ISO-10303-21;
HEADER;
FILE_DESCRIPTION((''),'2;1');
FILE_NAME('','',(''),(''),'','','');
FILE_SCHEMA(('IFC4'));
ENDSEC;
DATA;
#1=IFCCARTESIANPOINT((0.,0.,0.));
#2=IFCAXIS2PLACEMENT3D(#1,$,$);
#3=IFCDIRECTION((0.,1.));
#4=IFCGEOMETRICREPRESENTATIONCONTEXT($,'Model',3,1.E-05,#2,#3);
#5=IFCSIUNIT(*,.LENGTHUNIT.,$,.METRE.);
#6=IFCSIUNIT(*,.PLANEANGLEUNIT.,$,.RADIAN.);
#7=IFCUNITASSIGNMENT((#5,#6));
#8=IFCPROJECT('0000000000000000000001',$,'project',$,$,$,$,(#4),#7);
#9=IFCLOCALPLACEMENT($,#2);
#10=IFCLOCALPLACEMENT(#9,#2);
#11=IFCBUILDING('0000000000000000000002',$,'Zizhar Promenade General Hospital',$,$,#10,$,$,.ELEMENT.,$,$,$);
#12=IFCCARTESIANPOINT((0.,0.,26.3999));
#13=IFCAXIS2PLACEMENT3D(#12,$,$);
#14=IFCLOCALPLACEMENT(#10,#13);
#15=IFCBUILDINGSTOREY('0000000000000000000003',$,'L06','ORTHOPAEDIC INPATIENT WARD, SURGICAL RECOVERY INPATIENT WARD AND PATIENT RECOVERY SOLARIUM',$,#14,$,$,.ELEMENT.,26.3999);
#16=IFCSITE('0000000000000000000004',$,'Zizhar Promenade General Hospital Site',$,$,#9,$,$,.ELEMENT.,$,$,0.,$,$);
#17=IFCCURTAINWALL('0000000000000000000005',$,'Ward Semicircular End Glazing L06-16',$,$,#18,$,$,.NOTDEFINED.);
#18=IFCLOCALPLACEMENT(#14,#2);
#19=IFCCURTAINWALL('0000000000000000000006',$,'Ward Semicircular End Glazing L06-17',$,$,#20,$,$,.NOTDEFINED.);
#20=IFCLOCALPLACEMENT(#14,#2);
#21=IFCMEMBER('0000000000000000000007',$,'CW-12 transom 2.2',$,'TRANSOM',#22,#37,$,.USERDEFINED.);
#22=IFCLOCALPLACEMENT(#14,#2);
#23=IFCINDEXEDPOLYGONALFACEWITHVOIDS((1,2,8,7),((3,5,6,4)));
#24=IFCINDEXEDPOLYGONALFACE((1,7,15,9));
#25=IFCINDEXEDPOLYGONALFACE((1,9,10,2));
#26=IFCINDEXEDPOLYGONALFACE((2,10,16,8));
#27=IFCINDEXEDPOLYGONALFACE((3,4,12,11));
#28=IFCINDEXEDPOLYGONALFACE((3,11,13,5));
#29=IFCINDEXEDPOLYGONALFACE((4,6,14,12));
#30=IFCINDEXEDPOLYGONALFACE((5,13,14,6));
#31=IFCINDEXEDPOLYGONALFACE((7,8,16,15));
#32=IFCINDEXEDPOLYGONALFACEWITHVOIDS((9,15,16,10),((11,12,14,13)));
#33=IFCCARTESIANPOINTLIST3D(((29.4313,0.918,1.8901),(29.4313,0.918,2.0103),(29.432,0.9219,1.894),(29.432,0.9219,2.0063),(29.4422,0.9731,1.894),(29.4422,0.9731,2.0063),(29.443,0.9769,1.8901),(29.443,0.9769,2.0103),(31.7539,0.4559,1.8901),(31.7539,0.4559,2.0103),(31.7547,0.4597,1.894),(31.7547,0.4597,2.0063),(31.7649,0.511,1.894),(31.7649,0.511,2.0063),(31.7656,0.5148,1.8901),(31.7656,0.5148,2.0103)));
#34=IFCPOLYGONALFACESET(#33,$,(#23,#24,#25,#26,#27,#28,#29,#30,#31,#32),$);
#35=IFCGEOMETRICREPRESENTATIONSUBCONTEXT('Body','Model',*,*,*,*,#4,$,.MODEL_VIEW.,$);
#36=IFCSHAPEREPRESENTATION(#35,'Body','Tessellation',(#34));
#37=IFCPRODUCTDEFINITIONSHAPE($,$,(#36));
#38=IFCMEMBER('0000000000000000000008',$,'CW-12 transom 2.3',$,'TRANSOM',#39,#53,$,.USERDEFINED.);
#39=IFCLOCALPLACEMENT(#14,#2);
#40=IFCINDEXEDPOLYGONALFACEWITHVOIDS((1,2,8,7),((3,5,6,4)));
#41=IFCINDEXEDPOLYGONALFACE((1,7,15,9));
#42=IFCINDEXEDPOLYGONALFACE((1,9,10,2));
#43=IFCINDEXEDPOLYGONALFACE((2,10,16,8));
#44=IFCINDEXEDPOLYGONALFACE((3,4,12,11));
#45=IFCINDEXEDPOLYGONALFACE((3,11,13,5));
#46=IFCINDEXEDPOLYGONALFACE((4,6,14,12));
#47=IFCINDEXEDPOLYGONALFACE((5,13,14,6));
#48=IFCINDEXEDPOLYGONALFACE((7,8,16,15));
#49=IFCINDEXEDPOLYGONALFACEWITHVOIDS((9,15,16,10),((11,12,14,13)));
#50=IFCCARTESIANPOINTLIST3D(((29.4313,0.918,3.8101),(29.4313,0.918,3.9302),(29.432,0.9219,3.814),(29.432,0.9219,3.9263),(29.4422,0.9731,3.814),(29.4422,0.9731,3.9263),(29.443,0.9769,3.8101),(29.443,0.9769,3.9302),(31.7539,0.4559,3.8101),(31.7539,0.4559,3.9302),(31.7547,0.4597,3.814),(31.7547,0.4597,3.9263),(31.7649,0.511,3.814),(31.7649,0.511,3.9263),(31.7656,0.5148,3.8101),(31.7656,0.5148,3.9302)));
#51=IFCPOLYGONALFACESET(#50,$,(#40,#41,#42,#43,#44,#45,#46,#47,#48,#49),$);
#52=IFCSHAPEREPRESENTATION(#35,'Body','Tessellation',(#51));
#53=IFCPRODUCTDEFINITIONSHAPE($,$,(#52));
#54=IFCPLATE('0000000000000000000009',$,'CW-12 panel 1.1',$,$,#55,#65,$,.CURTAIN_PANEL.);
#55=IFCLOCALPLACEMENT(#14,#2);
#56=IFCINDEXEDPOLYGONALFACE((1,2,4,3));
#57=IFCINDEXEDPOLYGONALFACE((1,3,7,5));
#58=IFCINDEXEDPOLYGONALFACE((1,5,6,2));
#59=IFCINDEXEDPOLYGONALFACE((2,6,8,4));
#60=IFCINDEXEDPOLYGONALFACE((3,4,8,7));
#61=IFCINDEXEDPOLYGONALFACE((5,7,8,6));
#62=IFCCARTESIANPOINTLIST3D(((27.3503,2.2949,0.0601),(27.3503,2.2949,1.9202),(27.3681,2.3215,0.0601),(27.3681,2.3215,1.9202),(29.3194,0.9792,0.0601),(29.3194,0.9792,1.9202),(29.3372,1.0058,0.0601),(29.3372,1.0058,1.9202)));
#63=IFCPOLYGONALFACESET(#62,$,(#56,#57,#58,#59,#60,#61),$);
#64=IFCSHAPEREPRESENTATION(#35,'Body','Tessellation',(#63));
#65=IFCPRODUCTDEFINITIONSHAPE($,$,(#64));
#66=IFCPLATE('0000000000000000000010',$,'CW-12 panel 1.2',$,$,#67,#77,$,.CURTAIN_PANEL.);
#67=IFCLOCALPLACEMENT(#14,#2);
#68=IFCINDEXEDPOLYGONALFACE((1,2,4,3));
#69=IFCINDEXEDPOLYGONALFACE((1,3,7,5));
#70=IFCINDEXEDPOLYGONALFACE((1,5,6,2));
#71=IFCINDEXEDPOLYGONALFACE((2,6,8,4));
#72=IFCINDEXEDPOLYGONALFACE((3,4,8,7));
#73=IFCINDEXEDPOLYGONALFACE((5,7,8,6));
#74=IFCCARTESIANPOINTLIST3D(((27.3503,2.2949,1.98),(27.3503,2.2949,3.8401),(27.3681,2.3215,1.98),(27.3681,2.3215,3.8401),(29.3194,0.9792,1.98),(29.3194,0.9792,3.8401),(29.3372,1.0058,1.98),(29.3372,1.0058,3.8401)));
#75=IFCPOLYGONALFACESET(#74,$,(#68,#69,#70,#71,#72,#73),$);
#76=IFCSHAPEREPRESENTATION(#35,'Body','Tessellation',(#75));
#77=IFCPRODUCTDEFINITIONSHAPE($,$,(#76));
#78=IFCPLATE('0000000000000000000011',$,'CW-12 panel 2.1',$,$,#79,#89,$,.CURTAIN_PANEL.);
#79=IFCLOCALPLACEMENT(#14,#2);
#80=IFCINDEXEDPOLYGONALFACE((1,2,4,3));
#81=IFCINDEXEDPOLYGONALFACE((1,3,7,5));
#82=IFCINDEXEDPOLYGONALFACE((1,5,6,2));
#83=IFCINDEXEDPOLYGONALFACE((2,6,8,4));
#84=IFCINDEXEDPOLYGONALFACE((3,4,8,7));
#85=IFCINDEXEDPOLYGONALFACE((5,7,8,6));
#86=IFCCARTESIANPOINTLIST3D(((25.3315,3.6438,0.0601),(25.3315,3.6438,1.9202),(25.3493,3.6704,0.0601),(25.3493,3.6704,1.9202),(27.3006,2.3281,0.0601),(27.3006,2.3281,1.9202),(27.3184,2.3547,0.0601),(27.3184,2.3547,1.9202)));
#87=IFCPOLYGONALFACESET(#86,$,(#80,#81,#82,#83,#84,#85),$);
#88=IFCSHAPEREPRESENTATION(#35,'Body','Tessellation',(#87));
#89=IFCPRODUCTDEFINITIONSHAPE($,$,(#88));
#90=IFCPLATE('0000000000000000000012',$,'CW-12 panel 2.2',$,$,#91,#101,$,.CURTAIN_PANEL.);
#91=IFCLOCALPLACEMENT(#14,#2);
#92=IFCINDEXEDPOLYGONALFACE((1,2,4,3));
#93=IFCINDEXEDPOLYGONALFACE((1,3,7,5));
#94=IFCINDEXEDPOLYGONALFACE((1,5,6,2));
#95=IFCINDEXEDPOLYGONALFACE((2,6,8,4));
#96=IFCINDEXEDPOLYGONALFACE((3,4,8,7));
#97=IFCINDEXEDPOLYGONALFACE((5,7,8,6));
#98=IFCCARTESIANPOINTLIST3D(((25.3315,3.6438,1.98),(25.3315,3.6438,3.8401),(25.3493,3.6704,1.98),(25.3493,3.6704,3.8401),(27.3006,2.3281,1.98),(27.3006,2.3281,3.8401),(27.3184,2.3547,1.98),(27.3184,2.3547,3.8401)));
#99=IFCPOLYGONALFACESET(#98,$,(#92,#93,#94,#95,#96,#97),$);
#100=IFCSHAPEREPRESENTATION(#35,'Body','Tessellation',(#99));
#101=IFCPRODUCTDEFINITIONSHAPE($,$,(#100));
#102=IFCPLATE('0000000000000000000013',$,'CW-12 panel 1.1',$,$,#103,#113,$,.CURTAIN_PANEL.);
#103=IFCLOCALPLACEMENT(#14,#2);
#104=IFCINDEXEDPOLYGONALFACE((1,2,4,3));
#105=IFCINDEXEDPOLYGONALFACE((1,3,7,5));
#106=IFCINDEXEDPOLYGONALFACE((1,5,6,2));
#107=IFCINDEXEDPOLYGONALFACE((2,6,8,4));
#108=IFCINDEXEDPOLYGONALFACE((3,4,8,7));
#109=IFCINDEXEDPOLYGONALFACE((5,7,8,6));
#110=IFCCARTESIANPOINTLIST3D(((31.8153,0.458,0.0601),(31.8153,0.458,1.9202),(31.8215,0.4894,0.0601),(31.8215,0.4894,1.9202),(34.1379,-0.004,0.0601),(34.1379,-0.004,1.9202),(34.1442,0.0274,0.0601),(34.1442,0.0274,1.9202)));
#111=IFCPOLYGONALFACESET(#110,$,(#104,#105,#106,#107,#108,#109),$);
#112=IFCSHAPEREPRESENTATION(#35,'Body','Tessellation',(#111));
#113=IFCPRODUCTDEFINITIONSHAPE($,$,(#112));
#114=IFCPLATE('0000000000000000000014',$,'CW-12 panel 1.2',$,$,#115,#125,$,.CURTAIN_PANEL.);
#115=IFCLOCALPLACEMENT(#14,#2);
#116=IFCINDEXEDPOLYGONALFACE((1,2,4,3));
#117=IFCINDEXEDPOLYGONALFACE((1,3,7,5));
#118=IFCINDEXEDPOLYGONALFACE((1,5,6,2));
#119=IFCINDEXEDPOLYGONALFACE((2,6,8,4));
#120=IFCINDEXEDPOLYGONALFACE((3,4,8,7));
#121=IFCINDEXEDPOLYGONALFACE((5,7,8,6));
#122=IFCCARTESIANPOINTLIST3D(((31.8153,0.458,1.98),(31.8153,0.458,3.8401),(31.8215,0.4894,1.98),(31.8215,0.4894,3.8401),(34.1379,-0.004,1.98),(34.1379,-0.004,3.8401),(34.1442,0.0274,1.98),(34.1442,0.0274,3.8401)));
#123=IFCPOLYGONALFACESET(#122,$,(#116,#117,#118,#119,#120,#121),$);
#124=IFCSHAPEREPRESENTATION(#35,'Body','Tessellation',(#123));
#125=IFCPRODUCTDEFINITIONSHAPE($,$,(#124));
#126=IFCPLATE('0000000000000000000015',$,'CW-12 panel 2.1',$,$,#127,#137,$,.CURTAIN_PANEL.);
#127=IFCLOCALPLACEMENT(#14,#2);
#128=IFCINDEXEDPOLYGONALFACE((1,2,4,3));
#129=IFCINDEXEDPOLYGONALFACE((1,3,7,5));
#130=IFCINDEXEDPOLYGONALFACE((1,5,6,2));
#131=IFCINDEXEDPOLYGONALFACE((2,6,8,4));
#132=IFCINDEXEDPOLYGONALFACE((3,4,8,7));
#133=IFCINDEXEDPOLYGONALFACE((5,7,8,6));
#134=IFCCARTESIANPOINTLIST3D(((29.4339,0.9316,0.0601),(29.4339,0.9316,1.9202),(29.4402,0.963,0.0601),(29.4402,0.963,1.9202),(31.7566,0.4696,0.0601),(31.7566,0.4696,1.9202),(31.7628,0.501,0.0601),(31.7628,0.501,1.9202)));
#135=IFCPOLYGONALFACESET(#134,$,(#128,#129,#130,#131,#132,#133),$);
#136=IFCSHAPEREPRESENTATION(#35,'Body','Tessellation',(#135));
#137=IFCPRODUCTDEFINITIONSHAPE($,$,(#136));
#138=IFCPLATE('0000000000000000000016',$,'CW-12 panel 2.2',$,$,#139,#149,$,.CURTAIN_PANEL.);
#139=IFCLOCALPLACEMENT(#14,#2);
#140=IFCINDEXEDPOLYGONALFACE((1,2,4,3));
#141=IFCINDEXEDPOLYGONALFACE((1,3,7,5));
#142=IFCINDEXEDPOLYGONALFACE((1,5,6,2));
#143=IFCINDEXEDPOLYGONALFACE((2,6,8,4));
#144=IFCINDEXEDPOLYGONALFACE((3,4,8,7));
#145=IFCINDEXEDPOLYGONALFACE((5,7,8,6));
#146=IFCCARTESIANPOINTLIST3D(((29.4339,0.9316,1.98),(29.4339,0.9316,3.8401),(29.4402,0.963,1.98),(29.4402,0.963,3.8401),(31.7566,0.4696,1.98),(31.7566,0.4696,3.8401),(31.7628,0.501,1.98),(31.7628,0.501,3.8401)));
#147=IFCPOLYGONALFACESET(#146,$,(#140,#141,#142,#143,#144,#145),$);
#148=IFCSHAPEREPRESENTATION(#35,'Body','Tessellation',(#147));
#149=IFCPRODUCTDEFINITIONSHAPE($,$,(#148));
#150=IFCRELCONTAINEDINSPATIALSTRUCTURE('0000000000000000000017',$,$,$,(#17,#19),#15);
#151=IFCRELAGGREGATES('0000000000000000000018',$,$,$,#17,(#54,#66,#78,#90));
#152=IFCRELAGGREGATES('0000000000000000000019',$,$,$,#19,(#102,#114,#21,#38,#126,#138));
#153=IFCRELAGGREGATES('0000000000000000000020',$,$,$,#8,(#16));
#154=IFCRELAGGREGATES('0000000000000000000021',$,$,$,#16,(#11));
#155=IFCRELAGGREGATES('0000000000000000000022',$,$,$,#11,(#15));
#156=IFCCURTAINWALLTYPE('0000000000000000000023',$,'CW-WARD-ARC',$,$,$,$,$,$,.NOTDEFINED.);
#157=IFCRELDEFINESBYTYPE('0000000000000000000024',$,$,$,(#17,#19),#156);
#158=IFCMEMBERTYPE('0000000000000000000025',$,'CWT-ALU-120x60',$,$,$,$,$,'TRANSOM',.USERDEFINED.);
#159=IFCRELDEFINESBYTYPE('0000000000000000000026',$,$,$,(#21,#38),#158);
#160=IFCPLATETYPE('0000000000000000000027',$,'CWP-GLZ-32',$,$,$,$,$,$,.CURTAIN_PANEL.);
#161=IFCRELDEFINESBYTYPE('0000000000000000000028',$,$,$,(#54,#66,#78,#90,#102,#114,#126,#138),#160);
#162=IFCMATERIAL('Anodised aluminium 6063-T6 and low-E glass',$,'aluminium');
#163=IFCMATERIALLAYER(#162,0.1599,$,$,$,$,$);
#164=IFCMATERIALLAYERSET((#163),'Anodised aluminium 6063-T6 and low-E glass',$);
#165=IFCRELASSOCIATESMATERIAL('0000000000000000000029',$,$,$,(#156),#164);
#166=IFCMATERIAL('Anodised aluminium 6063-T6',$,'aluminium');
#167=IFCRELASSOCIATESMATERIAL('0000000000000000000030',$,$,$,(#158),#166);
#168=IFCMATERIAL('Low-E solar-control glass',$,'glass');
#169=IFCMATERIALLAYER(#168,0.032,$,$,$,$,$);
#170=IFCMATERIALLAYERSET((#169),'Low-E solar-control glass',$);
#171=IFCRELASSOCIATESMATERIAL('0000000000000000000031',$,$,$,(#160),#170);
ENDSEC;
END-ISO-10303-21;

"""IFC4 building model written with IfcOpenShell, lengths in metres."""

from ifc_helpers import new_model, si_unit, direction, frame, origin, origin_2d, place, context, subcontext, project, spatial, rectangle, hollow_rectangle, extrude, material, layer, layer_set, material_profile, profile_set, type_object, element, aggregate, save


model = new_model("IFC4")

# Units and contexts
model_context = context("Model", 3, precision=1e-05, world=origin(), true_north=direction((0.0, 1.0)))
body_context = subcontext(model_context, "Body", "Model", "MODEL_VIEW")
ifc_project = project(units=[si_unit("LENGTHUNIT", "METRE"), si_unit("PLANEANGLEUNIT", "RADIAN")], contexts=[model_context])

# Site, building, storey
site_placement = place(None, origin())
site = spatial("IfcSite", under=ifc_project, at=site_placement, Name="Zizhar Promenade General Hospital Site", CompositionType="ELEMENT", RefElevation=0.0)
building_placement = place(site_placement, origin())
building = spatial("IfcBuilding", under=site, at=building_placement, Name="Zizhar Promenade General Hospital", CompositionType="ELEMENT")
storey_placement = place(building_placement, frame((0.0, 0.0, 26.3999)))
storey = spatial("IfcBuildingStorey", under=building, at=storey_placement, Name="L06", Description="ORTHOPAEDIC INPATIENT WARD, SURGICAL RECOVERY INPATIENT WARD AND PATIENT RECOVERY SOLARIUM", CompositionType="ELEMENT", Elevation=26.3999)

# Shared definitions
ifc_material_1 = material(Name="Anodised aluminium 6063-T6 and low-E glass", Category="aluminium")
ifc_layer_1 = layer(ifc_material_1, 0.1599)
ifc_layer_set_1 = layer_set([ifc_layer_1], Name="Anodised aluminium 6063-T6 and low-E glass")
curtain_wall_type = type_object("IfcCurtainWallType", Name="CW-WARD-ARC", PredefinedType="NOTDEFINED", material=ifc_layer_set_1)

# Curtain walls
curtain_wall_1_placement = place(storey_placement, origin())
curtain_wall_1 = element("IfcCurtainWall", 1, at=curtain_wall_1_placement, inside=storey, type_object=curtain_wall_type, Name="Ward Semicircular End Glazing L06-16", PredefinedType="NOTDEFINED")
curtain_wall_2_placement = place(storey_placement, origin())
curtain_wall_2 = element("IfcCurtainWall", 2, at=curtain_wall_2_placement, inside=storey, type_object=curtain_wall_type, Name="Ward Semicircular End Glazing L06-17", PredefinedType="NOTDEFINED")

# Members
ifc_material_2 = material(Name="Anodised aluminium 6063-T6", Category="aluminium")
ifc_material_profile_1 = material_profile(ifc_material_2, hollow_rectangle(XDim=0.0601, YDim=0.1201, WallThickness=0.0039, at=origin_2d()))
ifc_profile_set_1 = profile_set([ifc_material_profile_1], Name="Anodised aluminium 6063-T6")
member_type_1 = type_object("IfcMemberType", Name="CWT-ALU-120x60", ElementType="TRANSOM", PredefinedType="USERDEFINED", material=ifc_profile_set_1)
member_1_placement = place(storey_placement, frame((31.7598, 0.4854, 1.9502), z_axis=(-0.980774, 0.195145, 0.0), x_axis=(-0.195145, -0.980774, 0.0)))
member_1 = element("IfcMember", 3, at=member_1_placement, type_object=member_type_1, Name="CW-12 transom 2.2", ObjectType="TRANSOM", PredefinedType="USERDEFINED", context=body_context, shape_type="SweptSolid", body=[
    extrude(hollow_rectangle(XDim=0.0601, YDim=0.1201, WallThickness=0.0039, at=origin_2d()), origin(), (0.0, 0.0, 1.0), 2.3682),
])
member_2_placement = place(storey_placement, frame((31.7598, 0.4854, 3.8701), z_axis=(-0.980774, 0.195145, 0.0), x_axis=(-0.195145, -0.980774, 0.0)))
member_2 = element("IfcMember", 4, at=member_2_placement, type_object=member_type_1, Name="CW-12 transom 2.3", ObjectType="TRANSOM", PredefinedType="USERDEFINED", context=body_context, shape_type="SweptSolid", body=[
    extrude(hollow_rectangle(XDim=0.0601, YDim=0.1201, WallThickness=0.0039, at=origin_2d()), origin(), (0.0, 0.0, 1.0), 2.3682),
])

# Plates
ifc_material_3 = material(Name="Low-E solar-control glass", Category="glass")
ifc_layer_2 = layer(ifc_material_3, 0.032)
ifc_layer_set_2 = layer_set([ifc_layer_2], Name="Low-E solar-control glass")
plate_type = type_object("IfcPlateType", Name="CWP-GLZ-32", PredefinedType="CURTAIN_PANEL", material=ifc_layer_set_2)
plate_1_placement = place(storey_placement, frame((28.3438, 1.6504, 0.0601), z_axis=(0.0, 0.0, 1.0), x_axis=(-0.831462, 0.555582, 0.0)))
plate_1 = element("IfcPlate", 5, at=plate_1_placement, type_object=plate_type, Name="CW-12 panel 1.1", PredefinedType="CURTAIN_PANEL", context=body_context, shape_type="SweptSolid", body=[
    extrude(rectangle(XDim=2.3682, YDim=0.032, at=origin_2d()), origin(), (0.0, 0.0, 1.0), 1.8601),
])
plate_2_placement = place(storey_placement, frame((28.3438, 1.6504, 1.98), z_axis=(0.0, 0.0, 1.0), x_axis=(-0.831462, 0.555582, 0.0)))
plate_2 = element("IfcPlate", 6, at=plate_2_placement, type_object=plate_type, Name="CW-12 panel 1.2", PredefinedType="CURTAIN_PANEL", context=body_context, shape_type="SweptSolid", body=[
    extrude(rectangle(XDim=2.3682, YDim=0.032, at=origin_2d()), origin(), (0.0, 0.0, 1.0), 1.8601),
])
plate_3_placement = place(storey_placement, frame((26.325, 2.9993, 0.0601), z_axis=(0.0, 0.0, 1.0), x_axis=(-0.831462, 0.555582, 0.0)))
plate_3 = element("IfcPlate", 7, at=plate_3_placement, type_object=plate_type, Name="CW-12 panel 2.1", PredefinedType="CURTAIN_PANEL", context=body_context, shape_type="SweptSolid", body=[
    extrude(rectangle(XDim=2.3682, YDim=0.032, at=origin_2d()), origin(), (0.0, 0.0, 1.0), 1.8601),
])
plate_4_placement = place(storey_placement, frame((26.325, 2.9993, 1.98), z_axis=(0.0, 0.0, 1.0), x_axis=(-0.831462, 0.555582, 0.0)))
plate_4 = element("IfcPlate", 8, at=plate_4_placement, type_object=plate_type, Name="CW-12 panel 2.2", PredefinedType="CURTAIN_PANEL", context=body_context, shape_type="SweptSolid", body=[
    extrude(rectangle(XDim=2.3682, YDim=0.032, at=origin_2d()), origin(), (0.0, 0.0, 1.0), 1.8601),
])
aggregate(curtain_wall_1, [plate_1, plate_2, plate_3, plate_4])
plate_5_placement = place(storey_placement, frame((32.9797, 0.2427, 0.0601), z_axis=(0.0, 0.0, 1.0), x_axis=(-0.980786, 0.195087, 0.0)))
plate_5 = element("IfcPlate", 9, at=plate_5_placement, type_object=plate_type, Name="CW-12 panel 1.1", PredefinedType="CURTAIN_PANEL", context=body_context, shape_type="SweptSolid", body=[
    extrude(rectangle(XDim=2.3682, YDim=0.032, at=origin_2d()), origin(), (0.0, 0.0, 1.0), 1.8601),
])
plate_6_placement = place(storey_placement, frame((32.9797, 0.2427, 1.98), z_axis=(0.0, 0.0, 1.0), x_axis=(-0.980786, 0.195087, 0.0)))
plate_6 = element("IfcPlate", 10, at=plate_6_placement, type_object=plate_type, Name="CW-12 panel 1.2", PredefinedType="CURTAIN_PANEL", context=body_context, shape_type="SweptSolid", body=[
    extrude(rectangle(XDim=2.3682, YDim=0.032, at=origin_2d()), origin(), (0.0, 0.0, 1.0), 1.8601),
])
plate_7_placement = place(storey_placement, frame((30.5984, 0.7163, 0.0601), z_axis=(0.0, 0.0, 1.0), x_axis=(-0.980786, 0.195087, 0.0)))
plate_7 = element("IfcPlate", 11, at=plate_7_placement, type_object=plate_type, Name="CW-12 panel 2.1", PredefinedType="CURTAIN_PANEL", context=body_context, shape_type="SweptSolid", body=[
    extrude(rectangle(XDim=2.3682, YDim=0.032, at=origin_2d()), origin(), (0.0, 0.0, 1.0), 1.8601),
])
plate_8_placement = place(storey_placement, frame((30.5984, 0.7163, 1.98), z_axis=(0.0, 0.0, 1.0), x_axis=(-0.980786, 0.195087, 0.0)))
plate_8 = element("IfcPlate", 12, at=plate_8_placement, type_object=plate_type, Name="CW-12 panel 2.2", PredefinedType="CURTAIN_PANEL", context=body_context, shape_type="SweptSolid", body=[
    extrude(rectangle(XDim=2.3682, YDim=0.032, at=origin_2d()), origin(), (0.0, 0.0, 1.0), 1.8601),
])
aggregate(curtain_wall_2, [plate_5, plate_6, member_1, member_2, plate_7, plate_8])

save(model, "model.ifc")
